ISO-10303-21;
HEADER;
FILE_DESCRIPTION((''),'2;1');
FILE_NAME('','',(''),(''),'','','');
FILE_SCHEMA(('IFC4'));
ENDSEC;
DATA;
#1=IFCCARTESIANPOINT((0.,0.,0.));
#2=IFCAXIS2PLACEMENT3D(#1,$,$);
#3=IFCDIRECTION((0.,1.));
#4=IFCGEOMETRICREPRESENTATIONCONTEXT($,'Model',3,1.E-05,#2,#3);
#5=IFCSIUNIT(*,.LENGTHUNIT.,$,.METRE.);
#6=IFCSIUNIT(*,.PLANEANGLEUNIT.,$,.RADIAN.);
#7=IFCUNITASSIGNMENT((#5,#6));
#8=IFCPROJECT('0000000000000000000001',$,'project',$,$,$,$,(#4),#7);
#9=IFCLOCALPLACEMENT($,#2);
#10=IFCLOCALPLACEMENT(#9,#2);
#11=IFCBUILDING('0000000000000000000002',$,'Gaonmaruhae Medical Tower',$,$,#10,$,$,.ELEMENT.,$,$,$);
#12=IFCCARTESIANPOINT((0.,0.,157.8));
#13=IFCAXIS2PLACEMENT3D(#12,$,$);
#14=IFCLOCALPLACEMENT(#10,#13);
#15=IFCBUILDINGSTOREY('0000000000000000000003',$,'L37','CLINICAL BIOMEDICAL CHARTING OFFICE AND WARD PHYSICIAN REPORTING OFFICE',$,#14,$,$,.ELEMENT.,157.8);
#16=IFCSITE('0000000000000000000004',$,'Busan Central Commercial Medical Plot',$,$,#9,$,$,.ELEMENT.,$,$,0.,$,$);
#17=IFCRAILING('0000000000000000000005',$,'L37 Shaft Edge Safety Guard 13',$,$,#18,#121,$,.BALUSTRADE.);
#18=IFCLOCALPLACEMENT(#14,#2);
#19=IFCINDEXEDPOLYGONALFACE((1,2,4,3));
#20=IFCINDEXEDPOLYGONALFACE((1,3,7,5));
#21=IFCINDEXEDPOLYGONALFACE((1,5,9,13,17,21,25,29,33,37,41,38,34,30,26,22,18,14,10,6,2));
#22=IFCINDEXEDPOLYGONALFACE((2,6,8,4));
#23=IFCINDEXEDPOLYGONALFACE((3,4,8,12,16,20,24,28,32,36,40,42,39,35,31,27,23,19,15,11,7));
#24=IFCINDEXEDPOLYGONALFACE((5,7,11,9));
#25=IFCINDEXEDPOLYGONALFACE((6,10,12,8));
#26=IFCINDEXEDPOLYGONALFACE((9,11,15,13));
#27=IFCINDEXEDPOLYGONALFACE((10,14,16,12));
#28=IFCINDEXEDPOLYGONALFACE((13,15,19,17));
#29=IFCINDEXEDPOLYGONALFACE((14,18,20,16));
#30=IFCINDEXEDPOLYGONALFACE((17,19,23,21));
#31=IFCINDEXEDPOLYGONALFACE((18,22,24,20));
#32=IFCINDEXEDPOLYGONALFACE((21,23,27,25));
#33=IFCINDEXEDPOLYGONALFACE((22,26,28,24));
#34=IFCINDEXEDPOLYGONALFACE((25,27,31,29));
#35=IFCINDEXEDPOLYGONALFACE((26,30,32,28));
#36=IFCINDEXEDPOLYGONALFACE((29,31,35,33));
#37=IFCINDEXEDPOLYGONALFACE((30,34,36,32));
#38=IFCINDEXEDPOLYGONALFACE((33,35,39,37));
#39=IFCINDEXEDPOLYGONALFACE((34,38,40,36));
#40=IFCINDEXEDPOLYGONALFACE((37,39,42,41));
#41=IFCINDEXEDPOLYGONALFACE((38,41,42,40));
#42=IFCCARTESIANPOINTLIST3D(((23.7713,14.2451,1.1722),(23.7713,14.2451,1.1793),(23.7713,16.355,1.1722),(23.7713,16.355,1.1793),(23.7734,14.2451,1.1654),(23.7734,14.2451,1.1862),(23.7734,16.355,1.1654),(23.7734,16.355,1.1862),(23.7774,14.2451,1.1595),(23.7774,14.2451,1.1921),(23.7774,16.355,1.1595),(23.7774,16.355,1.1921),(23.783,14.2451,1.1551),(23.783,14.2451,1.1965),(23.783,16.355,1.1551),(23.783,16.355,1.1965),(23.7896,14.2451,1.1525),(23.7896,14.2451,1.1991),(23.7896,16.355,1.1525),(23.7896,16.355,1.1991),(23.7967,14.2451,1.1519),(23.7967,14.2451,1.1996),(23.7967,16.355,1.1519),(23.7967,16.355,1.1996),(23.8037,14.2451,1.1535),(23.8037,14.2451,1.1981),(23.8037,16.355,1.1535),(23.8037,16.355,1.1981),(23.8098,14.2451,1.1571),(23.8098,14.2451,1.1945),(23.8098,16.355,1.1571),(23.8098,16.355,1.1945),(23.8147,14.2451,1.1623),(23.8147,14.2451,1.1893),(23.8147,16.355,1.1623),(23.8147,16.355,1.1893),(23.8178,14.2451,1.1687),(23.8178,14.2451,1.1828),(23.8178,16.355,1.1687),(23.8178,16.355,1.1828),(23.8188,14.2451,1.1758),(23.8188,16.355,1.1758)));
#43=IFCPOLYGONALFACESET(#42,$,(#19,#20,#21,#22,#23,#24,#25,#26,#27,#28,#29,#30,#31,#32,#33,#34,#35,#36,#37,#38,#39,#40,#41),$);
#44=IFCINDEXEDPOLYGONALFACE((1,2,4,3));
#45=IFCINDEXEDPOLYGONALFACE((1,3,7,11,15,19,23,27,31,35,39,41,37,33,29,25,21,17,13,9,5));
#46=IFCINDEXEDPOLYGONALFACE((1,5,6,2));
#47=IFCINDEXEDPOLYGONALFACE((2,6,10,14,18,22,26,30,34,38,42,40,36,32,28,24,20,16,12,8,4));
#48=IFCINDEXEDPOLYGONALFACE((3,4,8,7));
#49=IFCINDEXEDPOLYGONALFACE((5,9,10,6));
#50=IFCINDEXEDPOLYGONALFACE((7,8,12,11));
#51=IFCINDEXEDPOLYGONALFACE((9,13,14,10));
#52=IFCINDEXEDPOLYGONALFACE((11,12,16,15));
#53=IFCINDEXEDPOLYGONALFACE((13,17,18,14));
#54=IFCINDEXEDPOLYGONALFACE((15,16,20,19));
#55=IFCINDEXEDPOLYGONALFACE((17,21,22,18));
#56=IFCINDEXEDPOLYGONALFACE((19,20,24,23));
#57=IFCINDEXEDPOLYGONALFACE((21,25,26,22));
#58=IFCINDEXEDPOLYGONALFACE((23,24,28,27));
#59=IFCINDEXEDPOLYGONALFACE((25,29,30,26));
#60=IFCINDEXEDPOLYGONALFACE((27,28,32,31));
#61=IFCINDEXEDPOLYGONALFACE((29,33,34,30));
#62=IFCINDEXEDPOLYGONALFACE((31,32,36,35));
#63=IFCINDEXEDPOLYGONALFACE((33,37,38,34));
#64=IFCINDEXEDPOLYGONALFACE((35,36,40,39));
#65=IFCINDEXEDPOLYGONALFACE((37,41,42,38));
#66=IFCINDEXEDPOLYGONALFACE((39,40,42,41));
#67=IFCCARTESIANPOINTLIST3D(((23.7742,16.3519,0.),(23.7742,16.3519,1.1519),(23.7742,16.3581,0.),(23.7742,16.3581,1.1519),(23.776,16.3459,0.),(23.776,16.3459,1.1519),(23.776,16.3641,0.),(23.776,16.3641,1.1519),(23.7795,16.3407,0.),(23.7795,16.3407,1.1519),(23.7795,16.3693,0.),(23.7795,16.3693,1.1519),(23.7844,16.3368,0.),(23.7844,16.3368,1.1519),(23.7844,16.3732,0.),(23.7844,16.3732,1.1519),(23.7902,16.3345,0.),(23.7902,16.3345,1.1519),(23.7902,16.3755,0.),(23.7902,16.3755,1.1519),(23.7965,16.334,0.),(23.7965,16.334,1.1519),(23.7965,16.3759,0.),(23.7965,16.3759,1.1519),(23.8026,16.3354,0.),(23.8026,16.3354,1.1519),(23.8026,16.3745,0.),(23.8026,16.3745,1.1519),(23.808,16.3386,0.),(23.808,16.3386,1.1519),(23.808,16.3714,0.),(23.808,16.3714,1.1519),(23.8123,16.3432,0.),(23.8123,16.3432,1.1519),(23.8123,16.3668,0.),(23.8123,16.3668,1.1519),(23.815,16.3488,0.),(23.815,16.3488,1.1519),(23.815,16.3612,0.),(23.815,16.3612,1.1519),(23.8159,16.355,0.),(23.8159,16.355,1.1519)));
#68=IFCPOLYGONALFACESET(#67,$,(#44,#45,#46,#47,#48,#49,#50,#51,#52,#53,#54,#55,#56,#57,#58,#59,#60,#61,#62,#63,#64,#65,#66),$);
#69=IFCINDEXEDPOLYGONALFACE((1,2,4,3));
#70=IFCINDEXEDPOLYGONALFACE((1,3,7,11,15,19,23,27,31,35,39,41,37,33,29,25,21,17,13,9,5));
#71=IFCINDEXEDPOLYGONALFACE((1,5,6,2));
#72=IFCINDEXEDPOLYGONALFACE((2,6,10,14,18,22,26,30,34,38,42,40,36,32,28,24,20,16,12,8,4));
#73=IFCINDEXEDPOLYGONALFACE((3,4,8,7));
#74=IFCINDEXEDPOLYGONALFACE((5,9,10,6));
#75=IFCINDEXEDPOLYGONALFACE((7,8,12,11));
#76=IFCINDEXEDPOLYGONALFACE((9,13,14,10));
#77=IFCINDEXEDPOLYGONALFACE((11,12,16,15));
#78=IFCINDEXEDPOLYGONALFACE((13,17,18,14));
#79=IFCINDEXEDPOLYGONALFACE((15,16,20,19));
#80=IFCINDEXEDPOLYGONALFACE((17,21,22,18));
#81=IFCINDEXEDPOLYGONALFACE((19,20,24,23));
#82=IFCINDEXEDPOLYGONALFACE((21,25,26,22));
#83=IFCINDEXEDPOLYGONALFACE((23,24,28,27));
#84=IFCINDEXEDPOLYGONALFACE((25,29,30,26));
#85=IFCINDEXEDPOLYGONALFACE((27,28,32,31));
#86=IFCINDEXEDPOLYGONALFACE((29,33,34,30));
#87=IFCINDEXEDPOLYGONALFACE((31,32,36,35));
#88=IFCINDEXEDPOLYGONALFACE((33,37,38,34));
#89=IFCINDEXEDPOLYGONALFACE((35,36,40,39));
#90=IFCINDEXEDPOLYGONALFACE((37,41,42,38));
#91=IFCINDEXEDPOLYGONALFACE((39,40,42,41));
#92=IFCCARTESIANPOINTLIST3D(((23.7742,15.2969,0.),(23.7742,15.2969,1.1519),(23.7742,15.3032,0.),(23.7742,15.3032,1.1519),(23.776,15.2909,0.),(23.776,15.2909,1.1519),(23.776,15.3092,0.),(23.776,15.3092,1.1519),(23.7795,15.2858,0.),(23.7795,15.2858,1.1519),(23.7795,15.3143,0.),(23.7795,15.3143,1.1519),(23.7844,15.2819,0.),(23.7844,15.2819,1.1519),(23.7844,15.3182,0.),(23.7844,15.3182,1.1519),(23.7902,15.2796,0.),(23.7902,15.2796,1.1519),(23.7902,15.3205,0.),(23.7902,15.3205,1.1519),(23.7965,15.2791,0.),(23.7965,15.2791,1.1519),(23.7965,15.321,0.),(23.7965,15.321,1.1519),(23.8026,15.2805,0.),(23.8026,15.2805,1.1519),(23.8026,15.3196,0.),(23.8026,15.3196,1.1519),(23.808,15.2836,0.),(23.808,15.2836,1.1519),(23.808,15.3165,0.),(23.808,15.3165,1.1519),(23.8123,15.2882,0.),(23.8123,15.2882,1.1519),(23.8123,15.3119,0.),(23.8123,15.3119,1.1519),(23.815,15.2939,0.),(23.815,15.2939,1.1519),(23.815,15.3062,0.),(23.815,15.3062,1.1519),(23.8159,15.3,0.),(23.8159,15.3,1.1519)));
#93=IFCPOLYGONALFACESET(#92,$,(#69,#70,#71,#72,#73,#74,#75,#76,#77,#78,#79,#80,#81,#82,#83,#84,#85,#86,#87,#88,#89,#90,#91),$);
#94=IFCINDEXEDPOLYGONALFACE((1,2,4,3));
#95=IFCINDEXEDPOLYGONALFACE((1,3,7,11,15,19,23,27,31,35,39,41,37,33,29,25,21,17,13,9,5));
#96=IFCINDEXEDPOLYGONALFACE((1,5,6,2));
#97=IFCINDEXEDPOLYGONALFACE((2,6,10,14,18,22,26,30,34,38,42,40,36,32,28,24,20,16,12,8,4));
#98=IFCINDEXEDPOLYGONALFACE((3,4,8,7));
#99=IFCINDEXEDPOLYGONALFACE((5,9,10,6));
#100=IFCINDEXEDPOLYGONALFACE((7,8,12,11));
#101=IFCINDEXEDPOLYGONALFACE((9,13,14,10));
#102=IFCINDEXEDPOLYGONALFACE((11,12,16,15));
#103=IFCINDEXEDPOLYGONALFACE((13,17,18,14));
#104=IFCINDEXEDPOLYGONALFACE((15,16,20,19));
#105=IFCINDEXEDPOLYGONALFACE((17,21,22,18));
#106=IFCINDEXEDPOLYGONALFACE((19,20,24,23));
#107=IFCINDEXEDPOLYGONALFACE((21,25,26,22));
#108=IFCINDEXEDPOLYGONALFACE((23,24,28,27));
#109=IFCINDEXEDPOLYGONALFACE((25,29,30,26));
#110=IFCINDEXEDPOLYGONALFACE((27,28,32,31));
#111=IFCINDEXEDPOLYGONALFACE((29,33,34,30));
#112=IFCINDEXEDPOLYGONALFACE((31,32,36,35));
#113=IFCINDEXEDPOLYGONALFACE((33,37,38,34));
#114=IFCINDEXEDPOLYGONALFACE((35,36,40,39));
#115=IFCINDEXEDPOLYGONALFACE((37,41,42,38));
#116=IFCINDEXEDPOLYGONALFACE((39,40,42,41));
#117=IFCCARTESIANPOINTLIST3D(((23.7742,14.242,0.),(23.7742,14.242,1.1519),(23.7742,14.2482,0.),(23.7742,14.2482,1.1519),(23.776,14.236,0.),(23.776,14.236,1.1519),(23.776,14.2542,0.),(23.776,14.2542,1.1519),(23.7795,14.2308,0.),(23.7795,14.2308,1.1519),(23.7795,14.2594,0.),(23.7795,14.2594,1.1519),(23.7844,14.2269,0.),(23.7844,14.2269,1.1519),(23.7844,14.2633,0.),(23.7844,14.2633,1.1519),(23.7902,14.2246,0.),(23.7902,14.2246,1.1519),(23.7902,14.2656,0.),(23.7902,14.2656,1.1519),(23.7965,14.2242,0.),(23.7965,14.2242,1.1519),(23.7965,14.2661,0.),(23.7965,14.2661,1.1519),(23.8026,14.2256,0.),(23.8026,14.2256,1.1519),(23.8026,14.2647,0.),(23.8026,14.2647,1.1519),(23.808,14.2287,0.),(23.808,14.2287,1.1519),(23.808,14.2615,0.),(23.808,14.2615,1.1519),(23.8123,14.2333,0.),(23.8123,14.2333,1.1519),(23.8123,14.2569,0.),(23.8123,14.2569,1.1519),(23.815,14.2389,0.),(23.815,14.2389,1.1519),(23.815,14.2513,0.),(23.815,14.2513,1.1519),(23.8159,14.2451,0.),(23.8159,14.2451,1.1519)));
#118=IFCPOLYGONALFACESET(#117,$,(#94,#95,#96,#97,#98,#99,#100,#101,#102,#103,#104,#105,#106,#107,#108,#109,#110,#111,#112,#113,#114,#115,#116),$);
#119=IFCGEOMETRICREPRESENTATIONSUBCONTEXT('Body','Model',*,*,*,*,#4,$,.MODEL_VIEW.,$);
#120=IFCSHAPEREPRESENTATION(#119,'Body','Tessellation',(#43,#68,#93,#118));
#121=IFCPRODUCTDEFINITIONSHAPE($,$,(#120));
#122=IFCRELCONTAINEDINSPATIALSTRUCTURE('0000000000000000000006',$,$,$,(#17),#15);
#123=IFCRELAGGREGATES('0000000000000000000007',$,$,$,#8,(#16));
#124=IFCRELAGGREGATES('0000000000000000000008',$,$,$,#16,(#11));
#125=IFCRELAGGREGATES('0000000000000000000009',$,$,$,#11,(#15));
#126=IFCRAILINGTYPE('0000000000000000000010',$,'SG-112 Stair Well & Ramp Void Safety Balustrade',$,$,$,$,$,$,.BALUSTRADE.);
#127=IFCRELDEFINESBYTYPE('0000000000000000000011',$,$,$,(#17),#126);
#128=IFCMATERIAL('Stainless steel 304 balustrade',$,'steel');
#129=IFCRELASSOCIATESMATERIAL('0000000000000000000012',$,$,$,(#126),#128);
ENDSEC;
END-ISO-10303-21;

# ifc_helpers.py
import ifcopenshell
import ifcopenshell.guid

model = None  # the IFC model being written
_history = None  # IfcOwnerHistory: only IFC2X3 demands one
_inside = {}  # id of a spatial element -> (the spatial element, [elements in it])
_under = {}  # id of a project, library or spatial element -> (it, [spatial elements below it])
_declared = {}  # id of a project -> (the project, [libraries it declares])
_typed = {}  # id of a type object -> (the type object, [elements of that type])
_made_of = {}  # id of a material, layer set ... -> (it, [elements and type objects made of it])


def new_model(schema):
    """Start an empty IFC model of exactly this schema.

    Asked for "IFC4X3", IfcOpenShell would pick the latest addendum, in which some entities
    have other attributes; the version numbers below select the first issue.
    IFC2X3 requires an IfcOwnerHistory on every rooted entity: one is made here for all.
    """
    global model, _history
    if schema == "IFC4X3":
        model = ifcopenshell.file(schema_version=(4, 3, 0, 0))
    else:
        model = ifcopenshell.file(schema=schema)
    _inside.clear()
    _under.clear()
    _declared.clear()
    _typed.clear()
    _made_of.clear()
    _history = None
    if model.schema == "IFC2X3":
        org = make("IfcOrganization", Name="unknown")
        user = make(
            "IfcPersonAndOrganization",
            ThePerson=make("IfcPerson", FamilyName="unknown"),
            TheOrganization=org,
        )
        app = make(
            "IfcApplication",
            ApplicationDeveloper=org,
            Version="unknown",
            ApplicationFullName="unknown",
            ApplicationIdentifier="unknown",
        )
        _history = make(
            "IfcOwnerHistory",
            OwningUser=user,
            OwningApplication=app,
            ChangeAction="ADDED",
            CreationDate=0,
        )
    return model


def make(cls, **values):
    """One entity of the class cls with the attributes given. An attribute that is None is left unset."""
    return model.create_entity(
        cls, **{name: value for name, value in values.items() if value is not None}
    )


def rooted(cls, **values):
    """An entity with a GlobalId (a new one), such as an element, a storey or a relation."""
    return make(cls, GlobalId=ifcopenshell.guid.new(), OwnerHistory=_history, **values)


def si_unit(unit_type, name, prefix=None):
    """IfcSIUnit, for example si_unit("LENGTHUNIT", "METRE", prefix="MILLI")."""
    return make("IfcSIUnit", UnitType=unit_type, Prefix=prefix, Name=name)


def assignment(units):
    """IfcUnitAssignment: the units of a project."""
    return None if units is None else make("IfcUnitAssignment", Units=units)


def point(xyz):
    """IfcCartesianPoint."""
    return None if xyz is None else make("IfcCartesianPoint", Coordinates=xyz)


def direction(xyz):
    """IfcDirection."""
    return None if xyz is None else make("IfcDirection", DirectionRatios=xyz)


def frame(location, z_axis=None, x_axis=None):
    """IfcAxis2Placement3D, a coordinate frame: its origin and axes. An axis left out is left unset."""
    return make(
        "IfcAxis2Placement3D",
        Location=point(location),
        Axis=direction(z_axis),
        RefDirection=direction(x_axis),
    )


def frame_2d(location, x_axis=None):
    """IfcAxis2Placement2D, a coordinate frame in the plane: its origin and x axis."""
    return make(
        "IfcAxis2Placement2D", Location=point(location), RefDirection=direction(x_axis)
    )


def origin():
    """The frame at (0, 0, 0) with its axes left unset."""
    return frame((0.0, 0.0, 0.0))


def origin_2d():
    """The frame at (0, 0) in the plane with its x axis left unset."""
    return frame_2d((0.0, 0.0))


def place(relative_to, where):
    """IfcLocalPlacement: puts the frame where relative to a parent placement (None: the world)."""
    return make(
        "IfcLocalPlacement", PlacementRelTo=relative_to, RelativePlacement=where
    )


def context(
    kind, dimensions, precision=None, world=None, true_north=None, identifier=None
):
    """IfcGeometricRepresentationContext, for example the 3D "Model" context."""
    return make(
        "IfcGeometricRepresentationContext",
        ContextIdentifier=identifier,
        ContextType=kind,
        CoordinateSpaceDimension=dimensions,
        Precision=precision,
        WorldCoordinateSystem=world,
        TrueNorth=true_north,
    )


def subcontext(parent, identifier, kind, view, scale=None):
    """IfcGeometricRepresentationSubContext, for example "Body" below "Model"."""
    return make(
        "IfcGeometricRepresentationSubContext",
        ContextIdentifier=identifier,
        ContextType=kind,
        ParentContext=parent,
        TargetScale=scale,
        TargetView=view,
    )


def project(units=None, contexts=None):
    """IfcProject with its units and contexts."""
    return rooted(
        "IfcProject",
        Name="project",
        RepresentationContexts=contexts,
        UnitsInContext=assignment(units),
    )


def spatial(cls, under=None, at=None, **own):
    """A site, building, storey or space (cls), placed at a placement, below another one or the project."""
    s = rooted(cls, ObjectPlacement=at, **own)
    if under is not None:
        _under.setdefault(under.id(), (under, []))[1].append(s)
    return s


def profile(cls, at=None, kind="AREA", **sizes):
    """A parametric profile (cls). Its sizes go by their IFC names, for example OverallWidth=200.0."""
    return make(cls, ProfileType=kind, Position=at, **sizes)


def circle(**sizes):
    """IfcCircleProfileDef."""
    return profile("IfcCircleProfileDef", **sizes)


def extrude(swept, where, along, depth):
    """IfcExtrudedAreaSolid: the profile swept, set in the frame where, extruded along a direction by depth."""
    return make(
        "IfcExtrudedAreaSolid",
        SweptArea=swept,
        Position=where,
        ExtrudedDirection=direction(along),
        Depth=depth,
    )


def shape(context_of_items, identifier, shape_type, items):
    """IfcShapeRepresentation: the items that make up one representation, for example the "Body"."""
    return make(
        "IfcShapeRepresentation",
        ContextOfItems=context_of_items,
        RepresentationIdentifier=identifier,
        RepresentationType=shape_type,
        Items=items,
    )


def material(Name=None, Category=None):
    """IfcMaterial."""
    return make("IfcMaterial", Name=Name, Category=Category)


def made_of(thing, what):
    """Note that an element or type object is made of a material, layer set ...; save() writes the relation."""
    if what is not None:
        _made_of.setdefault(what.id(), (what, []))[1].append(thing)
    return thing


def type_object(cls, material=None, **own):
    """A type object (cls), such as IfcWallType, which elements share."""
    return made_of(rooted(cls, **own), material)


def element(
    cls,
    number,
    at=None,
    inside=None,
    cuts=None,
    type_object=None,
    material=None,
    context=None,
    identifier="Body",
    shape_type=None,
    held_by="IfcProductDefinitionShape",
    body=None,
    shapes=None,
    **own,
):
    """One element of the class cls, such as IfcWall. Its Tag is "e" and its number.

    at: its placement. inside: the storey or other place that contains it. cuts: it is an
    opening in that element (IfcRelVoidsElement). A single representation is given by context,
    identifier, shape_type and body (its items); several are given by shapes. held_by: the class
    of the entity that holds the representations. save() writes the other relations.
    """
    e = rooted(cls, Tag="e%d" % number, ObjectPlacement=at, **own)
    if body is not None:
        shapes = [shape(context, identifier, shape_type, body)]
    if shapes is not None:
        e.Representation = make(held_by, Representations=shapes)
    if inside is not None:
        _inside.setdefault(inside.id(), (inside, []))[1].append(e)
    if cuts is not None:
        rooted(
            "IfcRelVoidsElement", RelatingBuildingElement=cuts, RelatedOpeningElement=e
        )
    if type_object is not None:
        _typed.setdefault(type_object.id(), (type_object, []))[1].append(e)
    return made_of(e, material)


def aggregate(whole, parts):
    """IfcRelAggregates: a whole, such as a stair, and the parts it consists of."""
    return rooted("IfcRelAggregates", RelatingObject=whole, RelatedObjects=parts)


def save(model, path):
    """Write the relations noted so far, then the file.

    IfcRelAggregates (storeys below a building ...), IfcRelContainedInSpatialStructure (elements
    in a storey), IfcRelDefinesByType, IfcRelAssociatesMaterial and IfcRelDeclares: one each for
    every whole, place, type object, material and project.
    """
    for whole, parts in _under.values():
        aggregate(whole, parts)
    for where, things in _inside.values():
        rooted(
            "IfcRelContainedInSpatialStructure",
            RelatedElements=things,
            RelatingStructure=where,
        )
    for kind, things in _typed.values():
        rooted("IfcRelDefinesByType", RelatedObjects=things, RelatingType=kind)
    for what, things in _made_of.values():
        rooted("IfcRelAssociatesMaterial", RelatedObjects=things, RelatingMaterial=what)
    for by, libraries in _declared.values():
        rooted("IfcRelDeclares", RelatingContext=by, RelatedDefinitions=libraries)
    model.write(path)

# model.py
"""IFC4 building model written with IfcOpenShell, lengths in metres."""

from ifc_helpers import new_model, si_unit, direction, frame, origin, origin_2d, place, context, subcontext, project, spatial, circle, extrude, material, type_object, element, save


model = new_model("IFC4")

# Units and contexts
model_context = context("Model", 3, precision=1e-05, world=origin(), true_north=direction((0.0, 1.0)))
body_context = subcontext(model_context, "Body", "Model", "MODEL_VIEW")
ifc_project = project(units=[si_unit("LENGTHUNIT", "METRE"), si_unit("PLANEANGLEUNIT", "RADIAN")], contexts=[model_context])

# Site, building, storey
site_placement = place(None, origin())
site = spatial("IfcSite", under=ifc_project, at=site_placement, Name="Busan Central Commercial Medical Plot", CompositionType="ELEMENT", RefElevation=0.0)
building_placement = place(site_placement, origin())
building = spatial("IfcBuilding", under=site, at=building_placement, Name="Gaonmaruhae Medical Tower", CompositionType="ELEMENT")
storey_placement = place(building_placement, frame((0.0, 0.0, 157.8)))
storey = spatial("IfcBuildingStorey", under=building, at=storey_placement, Name="L37", Description="CLINICAL BIOMEDICAL CHARTING OFFICE AND WARD PHYSICIAN REPORTING OFFICE", CompositionType="ELEMENT", Elevation=157.8)

# Railing
ifc_material_1 = material(Name="Stainless steel 304 balustrade", Category="steel")
railing_type_1 = type_object("IfcRailingType", Name="SG-112 Stair Well & Ramp Void Safety Balustrade", PredefinedType="BALUSTRADE", material=ifc_material_1)
railing_1_placement = place(storey_placement, frame((23.7949, 16.355, 0.0)))
element("IfcRailing", 1, at=railing_1_placement, inside=storey, type_object=railing_type_1, Name="L37 Shaft Edge Safety Guard 13", PredefinedType="BALUSTRADE", context=body_context, shape_type="SweptSolid", body=[
    extrude(circle(Radius=0.0239, at=origin_2d()), frame((0.0, 0.0, 1.1758), z_axis=(0.0, -1.0, 0.0), x_axis=(1.0, 0.0, 0.0)), (0.0, 0.0, 1.0), 2.1099),
    extrude(circle(Radius=0.021, at=origin_2d()), origin(), (0.0, 0.0, 1.0), 1.1519),
    extrude(circle(Radius=0.021, at=origin_2d()), frame((0.0, -1.0549, 0.0)), (0.0, 0.0, 1.0), 1.1519),
    extrude(circle(Radius=0.021, at=origin_2d()), frame((0.0, -2.1099, 0.0)), (0.0, 0.0, 1.0), 1.1519),
])

save(model, "model.ifc")
